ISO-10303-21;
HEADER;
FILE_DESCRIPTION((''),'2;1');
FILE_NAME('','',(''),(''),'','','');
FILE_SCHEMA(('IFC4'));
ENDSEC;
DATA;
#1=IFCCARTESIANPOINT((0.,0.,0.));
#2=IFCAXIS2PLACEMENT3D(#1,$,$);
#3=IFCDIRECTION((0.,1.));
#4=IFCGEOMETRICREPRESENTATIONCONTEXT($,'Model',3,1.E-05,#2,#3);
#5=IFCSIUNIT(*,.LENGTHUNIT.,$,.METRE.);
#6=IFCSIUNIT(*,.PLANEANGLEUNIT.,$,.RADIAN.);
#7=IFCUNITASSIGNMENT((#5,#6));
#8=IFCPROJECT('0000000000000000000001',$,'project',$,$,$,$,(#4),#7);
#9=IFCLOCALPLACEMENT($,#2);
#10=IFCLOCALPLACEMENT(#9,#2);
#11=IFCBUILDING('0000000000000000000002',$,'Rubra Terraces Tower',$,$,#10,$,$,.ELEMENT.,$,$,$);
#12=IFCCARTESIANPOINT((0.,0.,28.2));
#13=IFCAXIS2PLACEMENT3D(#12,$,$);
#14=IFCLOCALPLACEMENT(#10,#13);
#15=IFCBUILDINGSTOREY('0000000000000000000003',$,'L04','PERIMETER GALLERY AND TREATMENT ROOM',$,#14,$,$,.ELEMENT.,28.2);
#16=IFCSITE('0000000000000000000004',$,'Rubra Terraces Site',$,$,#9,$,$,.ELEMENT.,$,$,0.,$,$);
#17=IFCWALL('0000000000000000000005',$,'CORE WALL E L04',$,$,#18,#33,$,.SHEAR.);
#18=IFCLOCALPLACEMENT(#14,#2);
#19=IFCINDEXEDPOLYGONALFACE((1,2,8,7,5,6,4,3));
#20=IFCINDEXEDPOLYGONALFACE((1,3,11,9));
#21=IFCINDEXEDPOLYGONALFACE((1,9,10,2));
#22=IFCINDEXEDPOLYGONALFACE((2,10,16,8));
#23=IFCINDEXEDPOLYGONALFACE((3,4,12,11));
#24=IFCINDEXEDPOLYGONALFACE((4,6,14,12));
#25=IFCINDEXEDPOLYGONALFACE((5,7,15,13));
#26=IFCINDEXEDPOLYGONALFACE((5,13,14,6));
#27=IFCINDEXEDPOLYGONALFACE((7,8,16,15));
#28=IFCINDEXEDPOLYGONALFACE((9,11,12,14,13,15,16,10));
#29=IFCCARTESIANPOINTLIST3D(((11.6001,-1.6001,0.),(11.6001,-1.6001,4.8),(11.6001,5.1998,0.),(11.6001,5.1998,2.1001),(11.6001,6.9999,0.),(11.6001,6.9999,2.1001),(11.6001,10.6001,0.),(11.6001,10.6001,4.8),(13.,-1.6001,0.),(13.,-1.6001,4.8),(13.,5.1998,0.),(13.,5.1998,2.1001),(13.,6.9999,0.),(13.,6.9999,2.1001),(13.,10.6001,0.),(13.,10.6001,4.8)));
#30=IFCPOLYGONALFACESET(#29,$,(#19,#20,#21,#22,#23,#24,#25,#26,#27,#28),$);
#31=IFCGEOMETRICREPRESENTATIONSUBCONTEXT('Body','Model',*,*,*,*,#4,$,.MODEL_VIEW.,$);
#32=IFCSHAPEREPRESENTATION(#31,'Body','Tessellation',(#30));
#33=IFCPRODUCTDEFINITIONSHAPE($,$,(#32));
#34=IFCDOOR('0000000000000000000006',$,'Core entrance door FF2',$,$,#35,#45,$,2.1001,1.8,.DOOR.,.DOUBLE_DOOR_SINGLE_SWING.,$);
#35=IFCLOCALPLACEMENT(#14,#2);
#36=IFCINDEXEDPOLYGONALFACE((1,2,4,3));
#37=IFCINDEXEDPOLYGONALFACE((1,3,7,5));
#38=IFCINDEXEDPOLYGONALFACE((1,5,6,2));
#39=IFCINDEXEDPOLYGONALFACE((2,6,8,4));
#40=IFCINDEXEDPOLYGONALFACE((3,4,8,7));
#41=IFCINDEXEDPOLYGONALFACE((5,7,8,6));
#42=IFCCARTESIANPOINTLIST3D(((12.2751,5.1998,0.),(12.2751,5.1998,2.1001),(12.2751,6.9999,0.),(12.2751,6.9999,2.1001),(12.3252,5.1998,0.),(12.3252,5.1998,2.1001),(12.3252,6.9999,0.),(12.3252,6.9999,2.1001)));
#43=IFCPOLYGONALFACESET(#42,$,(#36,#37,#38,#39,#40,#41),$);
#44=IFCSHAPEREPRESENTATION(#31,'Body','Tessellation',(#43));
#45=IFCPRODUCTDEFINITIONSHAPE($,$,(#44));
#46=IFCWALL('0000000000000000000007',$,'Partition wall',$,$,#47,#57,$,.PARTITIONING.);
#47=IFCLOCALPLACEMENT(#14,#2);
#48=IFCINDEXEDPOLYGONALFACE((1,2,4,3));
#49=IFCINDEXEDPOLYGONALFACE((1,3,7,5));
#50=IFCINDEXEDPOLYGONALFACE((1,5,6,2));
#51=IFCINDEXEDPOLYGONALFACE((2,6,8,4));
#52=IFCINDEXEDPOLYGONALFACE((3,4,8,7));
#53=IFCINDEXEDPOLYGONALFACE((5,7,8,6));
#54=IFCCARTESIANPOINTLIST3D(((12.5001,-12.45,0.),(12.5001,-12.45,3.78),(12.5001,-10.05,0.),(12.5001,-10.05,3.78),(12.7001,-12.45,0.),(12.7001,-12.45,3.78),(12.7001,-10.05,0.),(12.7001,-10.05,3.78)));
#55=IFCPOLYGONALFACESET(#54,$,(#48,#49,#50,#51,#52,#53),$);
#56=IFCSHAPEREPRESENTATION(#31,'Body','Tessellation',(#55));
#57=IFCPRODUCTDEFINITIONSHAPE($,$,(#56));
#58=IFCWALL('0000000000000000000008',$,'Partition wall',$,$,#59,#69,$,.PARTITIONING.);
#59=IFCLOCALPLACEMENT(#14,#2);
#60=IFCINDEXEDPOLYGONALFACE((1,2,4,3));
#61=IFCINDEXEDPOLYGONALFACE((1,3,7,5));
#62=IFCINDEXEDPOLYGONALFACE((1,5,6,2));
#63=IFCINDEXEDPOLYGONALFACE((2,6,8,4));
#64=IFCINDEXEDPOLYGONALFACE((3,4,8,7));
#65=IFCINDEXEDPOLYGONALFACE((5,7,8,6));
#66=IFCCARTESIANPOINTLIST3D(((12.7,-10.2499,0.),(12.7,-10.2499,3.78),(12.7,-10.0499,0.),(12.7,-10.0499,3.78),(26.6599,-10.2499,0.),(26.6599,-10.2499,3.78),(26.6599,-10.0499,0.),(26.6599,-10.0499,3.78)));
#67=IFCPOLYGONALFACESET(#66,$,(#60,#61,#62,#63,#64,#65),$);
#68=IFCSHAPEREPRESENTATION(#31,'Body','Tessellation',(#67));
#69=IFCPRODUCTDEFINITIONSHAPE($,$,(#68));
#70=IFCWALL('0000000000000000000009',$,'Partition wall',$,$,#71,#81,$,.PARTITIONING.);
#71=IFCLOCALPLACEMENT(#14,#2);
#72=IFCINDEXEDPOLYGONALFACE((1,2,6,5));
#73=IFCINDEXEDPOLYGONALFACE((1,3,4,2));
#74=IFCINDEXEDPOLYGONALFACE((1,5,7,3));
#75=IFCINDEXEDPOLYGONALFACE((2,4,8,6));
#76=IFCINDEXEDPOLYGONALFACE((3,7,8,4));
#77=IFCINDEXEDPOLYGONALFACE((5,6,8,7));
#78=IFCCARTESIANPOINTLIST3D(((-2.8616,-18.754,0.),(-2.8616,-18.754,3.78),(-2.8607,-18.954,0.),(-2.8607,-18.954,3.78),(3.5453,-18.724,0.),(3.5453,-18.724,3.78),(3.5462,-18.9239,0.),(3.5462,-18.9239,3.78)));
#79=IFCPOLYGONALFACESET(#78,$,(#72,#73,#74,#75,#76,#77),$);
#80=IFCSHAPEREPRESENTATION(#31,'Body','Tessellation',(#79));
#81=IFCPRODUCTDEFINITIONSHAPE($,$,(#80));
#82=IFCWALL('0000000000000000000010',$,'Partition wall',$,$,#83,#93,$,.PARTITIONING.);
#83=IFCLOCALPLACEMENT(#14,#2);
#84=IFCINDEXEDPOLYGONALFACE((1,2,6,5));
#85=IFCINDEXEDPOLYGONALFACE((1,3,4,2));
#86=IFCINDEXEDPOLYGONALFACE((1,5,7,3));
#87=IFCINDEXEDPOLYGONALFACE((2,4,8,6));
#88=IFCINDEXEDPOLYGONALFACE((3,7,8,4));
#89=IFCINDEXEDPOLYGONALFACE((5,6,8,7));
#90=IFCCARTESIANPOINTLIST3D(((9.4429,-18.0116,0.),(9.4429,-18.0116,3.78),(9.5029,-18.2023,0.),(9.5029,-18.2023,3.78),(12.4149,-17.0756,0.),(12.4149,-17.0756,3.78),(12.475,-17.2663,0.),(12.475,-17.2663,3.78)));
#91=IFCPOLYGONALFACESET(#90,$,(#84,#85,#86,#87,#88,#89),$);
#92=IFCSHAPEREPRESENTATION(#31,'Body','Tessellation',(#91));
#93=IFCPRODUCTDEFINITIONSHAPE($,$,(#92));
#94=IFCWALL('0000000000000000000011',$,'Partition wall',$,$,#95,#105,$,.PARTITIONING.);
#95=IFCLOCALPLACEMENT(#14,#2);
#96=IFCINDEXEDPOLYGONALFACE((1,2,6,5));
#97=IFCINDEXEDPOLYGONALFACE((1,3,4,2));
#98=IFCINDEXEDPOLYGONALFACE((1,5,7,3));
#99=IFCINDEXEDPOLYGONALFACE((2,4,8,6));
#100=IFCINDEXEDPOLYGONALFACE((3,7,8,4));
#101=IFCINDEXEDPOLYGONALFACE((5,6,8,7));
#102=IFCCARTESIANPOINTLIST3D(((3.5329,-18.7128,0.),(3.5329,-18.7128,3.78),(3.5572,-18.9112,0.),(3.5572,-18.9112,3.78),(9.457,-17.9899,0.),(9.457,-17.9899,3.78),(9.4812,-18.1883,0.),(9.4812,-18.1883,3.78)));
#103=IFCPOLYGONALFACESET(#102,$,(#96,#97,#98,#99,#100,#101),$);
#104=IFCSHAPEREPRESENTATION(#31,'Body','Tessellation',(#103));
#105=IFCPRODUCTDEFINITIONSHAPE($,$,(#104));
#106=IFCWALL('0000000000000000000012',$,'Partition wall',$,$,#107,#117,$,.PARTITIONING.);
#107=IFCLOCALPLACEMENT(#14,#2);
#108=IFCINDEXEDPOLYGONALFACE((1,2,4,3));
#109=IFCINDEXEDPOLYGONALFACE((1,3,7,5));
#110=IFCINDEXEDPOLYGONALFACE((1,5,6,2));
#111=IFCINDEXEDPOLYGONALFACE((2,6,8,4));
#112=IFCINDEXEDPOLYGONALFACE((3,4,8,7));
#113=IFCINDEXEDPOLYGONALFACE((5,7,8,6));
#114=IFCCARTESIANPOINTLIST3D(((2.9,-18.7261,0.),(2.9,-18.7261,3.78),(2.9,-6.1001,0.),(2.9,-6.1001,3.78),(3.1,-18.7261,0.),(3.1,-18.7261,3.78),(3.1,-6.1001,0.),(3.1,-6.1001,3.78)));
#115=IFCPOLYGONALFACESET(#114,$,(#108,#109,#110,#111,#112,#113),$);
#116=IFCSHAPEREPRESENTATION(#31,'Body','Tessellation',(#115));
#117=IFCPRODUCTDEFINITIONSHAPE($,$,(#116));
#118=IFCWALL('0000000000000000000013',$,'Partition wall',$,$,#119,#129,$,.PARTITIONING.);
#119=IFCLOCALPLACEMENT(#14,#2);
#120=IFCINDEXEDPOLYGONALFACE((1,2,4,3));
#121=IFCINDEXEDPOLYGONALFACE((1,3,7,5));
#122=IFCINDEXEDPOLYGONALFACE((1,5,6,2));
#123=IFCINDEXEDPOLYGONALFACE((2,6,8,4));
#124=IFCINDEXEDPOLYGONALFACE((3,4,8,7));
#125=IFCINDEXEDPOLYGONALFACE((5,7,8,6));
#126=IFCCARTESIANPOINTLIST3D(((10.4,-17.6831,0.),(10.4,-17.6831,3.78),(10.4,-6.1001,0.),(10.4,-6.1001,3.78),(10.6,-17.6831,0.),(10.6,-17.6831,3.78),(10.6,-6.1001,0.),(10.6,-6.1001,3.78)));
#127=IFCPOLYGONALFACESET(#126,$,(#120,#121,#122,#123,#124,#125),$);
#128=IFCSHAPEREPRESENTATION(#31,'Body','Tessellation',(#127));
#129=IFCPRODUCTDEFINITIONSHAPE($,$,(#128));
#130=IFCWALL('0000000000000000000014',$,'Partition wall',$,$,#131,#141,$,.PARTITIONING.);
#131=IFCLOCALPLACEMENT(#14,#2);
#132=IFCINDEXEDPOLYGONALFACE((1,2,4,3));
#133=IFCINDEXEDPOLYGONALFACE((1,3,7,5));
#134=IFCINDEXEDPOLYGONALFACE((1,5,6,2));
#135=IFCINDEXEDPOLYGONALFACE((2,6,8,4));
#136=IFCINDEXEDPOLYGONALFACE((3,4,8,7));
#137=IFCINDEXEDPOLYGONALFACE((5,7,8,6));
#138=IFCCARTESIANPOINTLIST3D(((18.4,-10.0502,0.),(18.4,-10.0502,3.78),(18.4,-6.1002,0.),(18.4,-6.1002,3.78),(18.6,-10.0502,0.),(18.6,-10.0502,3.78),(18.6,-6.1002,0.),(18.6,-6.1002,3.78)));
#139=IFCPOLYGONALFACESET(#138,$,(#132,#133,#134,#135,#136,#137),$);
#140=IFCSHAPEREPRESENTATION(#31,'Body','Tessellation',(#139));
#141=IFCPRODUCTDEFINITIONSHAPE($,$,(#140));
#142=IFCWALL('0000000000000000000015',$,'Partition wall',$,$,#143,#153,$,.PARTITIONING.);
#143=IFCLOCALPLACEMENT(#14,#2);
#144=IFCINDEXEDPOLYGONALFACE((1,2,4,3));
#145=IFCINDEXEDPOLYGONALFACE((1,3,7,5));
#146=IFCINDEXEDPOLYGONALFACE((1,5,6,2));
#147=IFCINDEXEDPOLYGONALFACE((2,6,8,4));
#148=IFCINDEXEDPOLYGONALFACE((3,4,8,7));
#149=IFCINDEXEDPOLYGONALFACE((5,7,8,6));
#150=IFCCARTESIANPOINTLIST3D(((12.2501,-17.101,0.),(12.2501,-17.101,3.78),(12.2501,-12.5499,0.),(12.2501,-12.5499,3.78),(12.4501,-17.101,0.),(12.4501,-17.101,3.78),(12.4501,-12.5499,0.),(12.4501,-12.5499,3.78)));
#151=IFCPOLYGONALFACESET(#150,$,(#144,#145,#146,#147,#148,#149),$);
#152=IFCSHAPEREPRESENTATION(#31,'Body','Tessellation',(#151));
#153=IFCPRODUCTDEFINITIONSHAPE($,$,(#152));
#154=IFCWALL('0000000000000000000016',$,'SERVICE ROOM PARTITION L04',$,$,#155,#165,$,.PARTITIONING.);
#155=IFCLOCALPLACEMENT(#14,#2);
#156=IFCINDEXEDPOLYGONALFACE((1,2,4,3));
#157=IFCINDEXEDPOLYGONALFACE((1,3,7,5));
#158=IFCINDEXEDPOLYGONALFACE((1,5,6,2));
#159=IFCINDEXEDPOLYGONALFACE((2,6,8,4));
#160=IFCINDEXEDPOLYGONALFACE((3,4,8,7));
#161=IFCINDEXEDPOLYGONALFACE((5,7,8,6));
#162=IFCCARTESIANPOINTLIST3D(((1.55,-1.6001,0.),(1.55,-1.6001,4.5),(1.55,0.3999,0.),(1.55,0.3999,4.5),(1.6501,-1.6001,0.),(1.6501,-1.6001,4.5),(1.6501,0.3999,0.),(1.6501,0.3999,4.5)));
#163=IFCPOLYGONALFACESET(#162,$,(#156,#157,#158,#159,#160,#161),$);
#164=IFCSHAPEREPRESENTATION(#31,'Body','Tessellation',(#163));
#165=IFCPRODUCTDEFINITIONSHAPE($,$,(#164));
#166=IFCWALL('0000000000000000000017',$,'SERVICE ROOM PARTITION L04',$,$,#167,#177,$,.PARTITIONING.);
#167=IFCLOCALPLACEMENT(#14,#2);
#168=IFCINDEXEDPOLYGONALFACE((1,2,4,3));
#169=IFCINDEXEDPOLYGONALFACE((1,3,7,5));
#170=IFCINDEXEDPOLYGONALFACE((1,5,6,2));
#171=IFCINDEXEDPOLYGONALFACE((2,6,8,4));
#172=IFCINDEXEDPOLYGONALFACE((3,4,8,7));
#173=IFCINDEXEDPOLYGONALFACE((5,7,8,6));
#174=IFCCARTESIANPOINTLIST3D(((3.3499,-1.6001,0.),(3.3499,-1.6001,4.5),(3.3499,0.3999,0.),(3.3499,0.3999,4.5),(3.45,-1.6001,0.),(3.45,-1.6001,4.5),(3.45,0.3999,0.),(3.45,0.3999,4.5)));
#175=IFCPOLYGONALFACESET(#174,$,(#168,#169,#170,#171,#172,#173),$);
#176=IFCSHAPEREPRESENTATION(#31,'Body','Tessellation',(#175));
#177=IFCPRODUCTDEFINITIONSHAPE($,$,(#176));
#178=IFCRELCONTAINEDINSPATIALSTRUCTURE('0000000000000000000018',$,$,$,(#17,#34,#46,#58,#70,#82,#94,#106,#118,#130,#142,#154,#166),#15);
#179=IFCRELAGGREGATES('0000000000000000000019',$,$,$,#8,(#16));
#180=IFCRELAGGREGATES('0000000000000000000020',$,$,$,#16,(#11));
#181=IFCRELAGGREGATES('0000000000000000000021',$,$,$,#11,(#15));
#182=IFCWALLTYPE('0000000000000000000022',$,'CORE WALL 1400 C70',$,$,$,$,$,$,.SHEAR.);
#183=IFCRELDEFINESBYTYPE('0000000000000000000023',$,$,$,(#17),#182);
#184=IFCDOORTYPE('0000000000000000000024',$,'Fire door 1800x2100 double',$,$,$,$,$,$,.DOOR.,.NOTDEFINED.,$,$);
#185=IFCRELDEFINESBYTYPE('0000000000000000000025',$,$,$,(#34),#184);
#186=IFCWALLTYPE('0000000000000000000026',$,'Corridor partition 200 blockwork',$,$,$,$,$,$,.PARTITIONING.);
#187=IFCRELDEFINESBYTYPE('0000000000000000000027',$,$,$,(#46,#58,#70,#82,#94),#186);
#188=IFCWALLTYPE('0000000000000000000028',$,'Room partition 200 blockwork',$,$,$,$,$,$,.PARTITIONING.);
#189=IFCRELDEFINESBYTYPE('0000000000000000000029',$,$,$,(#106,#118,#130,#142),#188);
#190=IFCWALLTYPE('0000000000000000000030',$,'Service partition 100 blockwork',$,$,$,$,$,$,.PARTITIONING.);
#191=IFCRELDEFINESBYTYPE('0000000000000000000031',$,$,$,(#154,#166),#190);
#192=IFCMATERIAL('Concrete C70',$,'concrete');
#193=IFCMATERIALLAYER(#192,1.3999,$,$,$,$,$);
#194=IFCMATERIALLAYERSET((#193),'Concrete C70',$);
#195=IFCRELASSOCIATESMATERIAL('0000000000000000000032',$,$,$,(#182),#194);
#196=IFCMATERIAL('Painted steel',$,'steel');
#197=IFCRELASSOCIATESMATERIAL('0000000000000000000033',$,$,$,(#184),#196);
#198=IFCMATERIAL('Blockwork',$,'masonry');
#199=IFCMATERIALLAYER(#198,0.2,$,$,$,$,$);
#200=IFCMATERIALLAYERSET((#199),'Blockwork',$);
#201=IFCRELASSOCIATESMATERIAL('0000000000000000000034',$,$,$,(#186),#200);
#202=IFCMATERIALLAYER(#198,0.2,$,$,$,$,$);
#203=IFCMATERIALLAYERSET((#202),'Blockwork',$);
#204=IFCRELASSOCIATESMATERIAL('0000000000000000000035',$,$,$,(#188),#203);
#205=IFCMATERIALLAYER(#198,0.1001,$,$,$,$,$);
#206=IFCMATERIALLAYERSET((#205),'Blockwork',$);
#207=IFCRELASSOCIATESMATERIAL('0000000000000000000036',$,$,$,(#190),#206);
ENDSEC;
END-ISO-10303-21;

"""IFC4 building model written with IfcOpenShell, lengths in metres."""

from ifc_helpers import new_model, si_unit, direction, frame, frame_2d, origin, place, context, subcontext, project, spatial, rectangle, extrude, material, layer, layer_set, type_object, element, fill, save


model = new_model("IFC4")

# Units and contexts
model_context = context("Model", 3, precision=1e-05, world=origin(), true_north=direction((0.0, 1.0)))
body_context = subcontext(model_context, "Body", "Model", "MODEL_VIEW")
ifc_project = project(units=[si_unit("LENGTHUNIT", "METRE"), si_unit("PLANEANGLEUNIT", "RADIAN")], contexts=[model_context])

# Site, building, storey
site_placement = place(None, origin())
site = spatial("IfcSite", under=ifc_project, at=site_placement, Name="Rubra Terraces Site", CompositionType="ELEMENT", RefElevation=0.0)
building_placement = place(site_placement, origin())
building = spatial("IfcBuilding", under=site, at=building_placement, Name="Rubra Terraces Tower", CompositionType="ELEMENT")
storey_placement = place(building_placement, frame((0.0, 0.0, 28.2)))
storey = spatial("IfcBuildingStorey", under=building, at=storey_placement, Name="L04", Description="PERIMETER GALLERY AND TREATMENT ROOM", CompositionType="ELEMENT", Elevation=28.2)

# Wall, opening, door
ifc_material_1 = material(Name="Concrete C70", Category="concrete")
ifc_layer_1 = layer(ifc_material_1, 1.3999)
ifc_layer_set_1 = layer_set([ifc_layer_1], Name="Concrete C70")
wall_type_1 = type_object("IfcWallType", Name="CORE WALL 1400 C70", PredefinedType="SHEAR", material=ifc_layer_set_1)
wall_1_placement = place(storey_placement, frame((12.3, -1.6001, 0.0), z_axis=(0.0, 0.0, 1.0), x_axis=(0.0, 1.0, 0.0)))
wall_1 = element("IfcWall", 1, at=wall_1_placement, inside=storey, type_object=wall_type_1, Name="CORE WALL E L04", PredefinedType="SHEAR", context=body_context, shape_type="SweptSolid", body=[
    extrude(rectangle(XDim=12.2002, YDim=1.3999, at=frame_2d((6.1001, 0.0))), origin(), (0.0, 0.0, 1.0), 4.8),
])
opening_placement = place(wall_1_placement, frame((6.8, 0.0, 0.0)))
opening = element("IfcOpeningElement", 2, at=opening_placement, cuts=wall_1, PredefinedType="OPENING", context=body_context, shape_type="SweptSolid", body=[
    extrude(rectangle(XDim=1.8, YDim=2.1001, at=frame_2d((0.8999, 1.05))), frame((0.0, 0.71, 0.0), z_axis=(0.0, -1.0, 0.0), x_axis=(1.0, 0.0, 0.0)), (0.0, 0.0, 1.0), 1.4199),
])
ifc_material_2 = material(Name="Painted steel", Category="steel")
door_type = type_object("IfcDoorType", Name="Fire door 1800x2100 double", OperationType="NOTDEFINED", PredefinedType="DOOR", material=ifc_material_2)
door_placement = place(opening_placement, origin())
door = element("IfcDoor", 3, at=door_placement, inside=storey, type_object=door_type, Name="Core entrance door FF2", OperationType="DOUBLE_DOOR_SINGLE_SWING", OverallHeight=2.1001, OverallWidth=1.8, PredefinedType="DOOR", context=body_context, shape_type="SweptSolid", body=[
    extrude(rectangle(XDim=1.8, YDim=2.1001, at=frame_2d((0.8999, 1.05))), frame((0.0, 0.0249, 0.0), z_axis=(0.0, -1.0, 0.0), x_axis=(1.0, 0.0, 0.0)), (0.0, 0.0, 1.0), 0.05),
])
fill(opening, door)

# Walls
ifc_material_3 = material(Name="Blockwork", Category="masonry")
ifc_layer_2 = layer(ifc_material_3, 0.2)
ifc_layer_set_2 = layer_set([ifc_layer_2], Name="Blockwork")
wall_type_2 = type_object("IfcWallType", Name="Corridor partition 200 blockwork", PredefinedType="PARTITIONING", material=ifc_layer_set_2)
wall_2_placement = place(storey_placement, frame((12.6001, -12.45, 0.0), z_axis=(0.0, 0.0, 1.0), x_axis=(0.0, 1.0, 0.0)))
element("IfcWall", 4, at=wall_2_placement, inside=storey, type_object=wall_type_2, Name="Partition wall", PredefinedType="PARTITIONING", context=body_context, shape_type="SweptSolid", body=[
    extrude(rectangle(XDim=2.3999, YDim=0.2, at=frame_2d((1.2, 0.0))), origin(), (0.0, 0.0, 1.0), 3.78),
])
wall_3_placement = place(storey_placement, frame((12.7, -10.1499, 0.0), z_axis=(0.0, 0.0, 1.0), x_axis=(1.0, 0.0, 0.0)))
element("IfcWall", 5, at=wall_3_placement, inside=storey, type_object=wall_type_2, Name="Partition wall", PredefinedType="PARTITIONING", context=body_context, shape_type="SweptSolid", body=[
    extrude(rectangle(XDim=13.96, YDim=0.2, at=frame_2d((6.98, 0.0))), origin(), (0.0, 0.0, 1.0), 3.78),
])
wall_4_placement = place(storey_placement, frame((3.5459, -18.824, 0.0), z_axis=(0.0, 0.0, 1.0), x_axis=(-0.999989, -0.004687, 0.0)))
element("IfcWall", 6, at=wall_4_placement, inside=storey, type_object=wall_type_2, Name="Partition wall", PredefinedType="PARTITIONING", context=body_context, shape_type="SweptSolid", body=[
    extrude(rectangle(XDim=6.407, YDim=0.2, at=frame_2d((3.2036, 0.0))), origin(), (0.0, 0.0, 1.0), 3.78),
])
wall_5_placement = place(storey_placement, frame((12.4451, -17.1709, 0.0), z_axis=(0.0, 0.0, 1.0), x_axis=(-0.953817, -0.300389, 0.0)))
element("IfcWall", 7, at=wall_5_placement, inside=storey, type_object=wall_type_2, Name="Partition wall", PredefinedType="PARTITIONING", context=body_context, shape_type="SweptSolid", body=[
    extrude(rectangle(XDim=3.116, YDim=0.2, at=frame_2d((1.5581, 0.0))), origin(), (0.0, 0.0, 1.0), 3.78),
])
wall_6_placement = place(storey_placement, frame((9.469, -18.0891, 0.0), z_axis=(0.0, 0.0, 1.0), x_axis=(-0.992637, -0.121129, 0.0)))
element("IfcWall", 8, at=wall_6_placement, inside=storey, type_object=wall_type_2, Name="Partition wall", PredefinedType="PARTITIONING", context=body_context, shape_type="SweptSolid", body=[
    extrude(rectangle(XDim=5.968, YDim=0.2, at=frame_2d((2.9839, 0.0))), origin(), (0.0, 0.0, 1.0), 3.78),
])
ifc_layer_3 = layer(ifc_material_3, 0.2)
ifc_layer_set_3 = layer_set([ifc_layer_3], Name="Blockwork")
wall_type_3 = type_object("IfcWallType", Name="Room partition 200 blockwork", PredefinedType="PARTITIONING", material=ifc_layer_set_3)
wall_7_placement = place(storey_placement, frame((3.0, -6.1001, 0.0), z_axis=(0.0, 0.0, 1.0), x_axis=(0.0, -1.0, 0.0)))
element("IfcWall", 9, at=wall_7_placement, inside=storey, type_object=wall_type_3, Name="Partition wall", PredefinedType="PARTITIONING", context=body_context, shape_type="SweptSolid", body=[
    extrude(rectangle(XDim=12.626, YDim=0.2, at=frame_2d((6.313, 0.0))), origin(), (0.0, 0.0, 1.0), 3.78),
])
wall_8_placement = place(storey_placement, frame((10.5, -6.1001, 0.0), z_axis=(0.0, 0.0, 1.0), x_axis=(0.0, -1.0, 0.0)))
element("IfcWall", 10, at=wall_8_placement, inside=storey, type_object=wall_type_3, Name="Partition wall", PredefinedType="PARTITIONING", context=body_context, shape_type="SweptSolid", body=[
    extrude(rectangle(XDim=11.583, YDim=0.2, at=frame_2d((5.7915, 0.0))), origin(), (0.0, 0.0, 1.0), 3.78),
])
wall_9_placement = place(storey_placement, frame((18.5, -6.1001, 0.0), z_axis=(0.0, 0.0, 1.0), x_axis=(0.0, -1.0, 0.0)))
element("IfcWall", 11, at=wall_9_placement, inside=storey, type_object=wall_type_3, Name="Partition wall", PredefinedType="PARTITIONING", context=body_context, shape_type="SweptSolid", body=[
    extrude(rectangle(XDim=3.95, YDim=0.2, at=frame_2d((1.9751, 0.0))), origin(), (0.0, 0.0, 1.0), 3.78),
])
wall_10_placement = place(storey_placement, frame((12.3501, -12.55, 0.0), z_axis=(0.0, 0.0, 1.0), x_axis=(0.0, -1.0, 0.0)))
element("IfcWall", 12, at=wall_10_placement, inside=storey, type_object=wall_type_3, Name="Partition wall", PredefinedType="PARTITIONING", context=body_context, shape_type="SweptSolid", body=[
    extrude(rectangle(XDim=4.551, YDim=0.2, at=frame_2d((2.2754, 0.0))), origin(), (0.0, 0.0, 1.0), 3.78),
])
ifc_layer_4 = layer(ifc_material_3, 0.1001)
ifc_layer_set_4 = layer_set([ifc_layer_4], Name="Blockwork")
wall_type_4 = type_object("IfcWallType", Name="Service partition 100 blockwork", PredefinedType="PARTITIONING", material=ifc_layer_set_4)
for number, where, z_axis, x_axis, name in (
    (13, (1.6001, -1.6001, 0.0), (0.0, 0.0, 1.0), (0.0, 1.0, 0.0), "SERVICE ROOM PARTITION L04"),
    (14, (3.3999, -1.6001, 0.0), (0.0, 0.0, 1.0), (0.0, 1.0, 0.0), "SERVICE ROOM PARTITION L04"),
):
    element("IfcWall", number, at=place(storey_placement, frame(where, z_axis=z_axis, x_axis=x_axis)), inside=storey, type_object=wall_type_4, Name=name, PredefinedType="PARTITIONING", context=body_context, shape_type="SweptSolid", body=[
        extrude(rectangle(XDim=2.0, YDim=0.1001, at=frame_2d((1.0, 0.0))), origin(), (0.0, 0.0, 1.0), 4.5),
    ])

save(model, "model.ifc")
